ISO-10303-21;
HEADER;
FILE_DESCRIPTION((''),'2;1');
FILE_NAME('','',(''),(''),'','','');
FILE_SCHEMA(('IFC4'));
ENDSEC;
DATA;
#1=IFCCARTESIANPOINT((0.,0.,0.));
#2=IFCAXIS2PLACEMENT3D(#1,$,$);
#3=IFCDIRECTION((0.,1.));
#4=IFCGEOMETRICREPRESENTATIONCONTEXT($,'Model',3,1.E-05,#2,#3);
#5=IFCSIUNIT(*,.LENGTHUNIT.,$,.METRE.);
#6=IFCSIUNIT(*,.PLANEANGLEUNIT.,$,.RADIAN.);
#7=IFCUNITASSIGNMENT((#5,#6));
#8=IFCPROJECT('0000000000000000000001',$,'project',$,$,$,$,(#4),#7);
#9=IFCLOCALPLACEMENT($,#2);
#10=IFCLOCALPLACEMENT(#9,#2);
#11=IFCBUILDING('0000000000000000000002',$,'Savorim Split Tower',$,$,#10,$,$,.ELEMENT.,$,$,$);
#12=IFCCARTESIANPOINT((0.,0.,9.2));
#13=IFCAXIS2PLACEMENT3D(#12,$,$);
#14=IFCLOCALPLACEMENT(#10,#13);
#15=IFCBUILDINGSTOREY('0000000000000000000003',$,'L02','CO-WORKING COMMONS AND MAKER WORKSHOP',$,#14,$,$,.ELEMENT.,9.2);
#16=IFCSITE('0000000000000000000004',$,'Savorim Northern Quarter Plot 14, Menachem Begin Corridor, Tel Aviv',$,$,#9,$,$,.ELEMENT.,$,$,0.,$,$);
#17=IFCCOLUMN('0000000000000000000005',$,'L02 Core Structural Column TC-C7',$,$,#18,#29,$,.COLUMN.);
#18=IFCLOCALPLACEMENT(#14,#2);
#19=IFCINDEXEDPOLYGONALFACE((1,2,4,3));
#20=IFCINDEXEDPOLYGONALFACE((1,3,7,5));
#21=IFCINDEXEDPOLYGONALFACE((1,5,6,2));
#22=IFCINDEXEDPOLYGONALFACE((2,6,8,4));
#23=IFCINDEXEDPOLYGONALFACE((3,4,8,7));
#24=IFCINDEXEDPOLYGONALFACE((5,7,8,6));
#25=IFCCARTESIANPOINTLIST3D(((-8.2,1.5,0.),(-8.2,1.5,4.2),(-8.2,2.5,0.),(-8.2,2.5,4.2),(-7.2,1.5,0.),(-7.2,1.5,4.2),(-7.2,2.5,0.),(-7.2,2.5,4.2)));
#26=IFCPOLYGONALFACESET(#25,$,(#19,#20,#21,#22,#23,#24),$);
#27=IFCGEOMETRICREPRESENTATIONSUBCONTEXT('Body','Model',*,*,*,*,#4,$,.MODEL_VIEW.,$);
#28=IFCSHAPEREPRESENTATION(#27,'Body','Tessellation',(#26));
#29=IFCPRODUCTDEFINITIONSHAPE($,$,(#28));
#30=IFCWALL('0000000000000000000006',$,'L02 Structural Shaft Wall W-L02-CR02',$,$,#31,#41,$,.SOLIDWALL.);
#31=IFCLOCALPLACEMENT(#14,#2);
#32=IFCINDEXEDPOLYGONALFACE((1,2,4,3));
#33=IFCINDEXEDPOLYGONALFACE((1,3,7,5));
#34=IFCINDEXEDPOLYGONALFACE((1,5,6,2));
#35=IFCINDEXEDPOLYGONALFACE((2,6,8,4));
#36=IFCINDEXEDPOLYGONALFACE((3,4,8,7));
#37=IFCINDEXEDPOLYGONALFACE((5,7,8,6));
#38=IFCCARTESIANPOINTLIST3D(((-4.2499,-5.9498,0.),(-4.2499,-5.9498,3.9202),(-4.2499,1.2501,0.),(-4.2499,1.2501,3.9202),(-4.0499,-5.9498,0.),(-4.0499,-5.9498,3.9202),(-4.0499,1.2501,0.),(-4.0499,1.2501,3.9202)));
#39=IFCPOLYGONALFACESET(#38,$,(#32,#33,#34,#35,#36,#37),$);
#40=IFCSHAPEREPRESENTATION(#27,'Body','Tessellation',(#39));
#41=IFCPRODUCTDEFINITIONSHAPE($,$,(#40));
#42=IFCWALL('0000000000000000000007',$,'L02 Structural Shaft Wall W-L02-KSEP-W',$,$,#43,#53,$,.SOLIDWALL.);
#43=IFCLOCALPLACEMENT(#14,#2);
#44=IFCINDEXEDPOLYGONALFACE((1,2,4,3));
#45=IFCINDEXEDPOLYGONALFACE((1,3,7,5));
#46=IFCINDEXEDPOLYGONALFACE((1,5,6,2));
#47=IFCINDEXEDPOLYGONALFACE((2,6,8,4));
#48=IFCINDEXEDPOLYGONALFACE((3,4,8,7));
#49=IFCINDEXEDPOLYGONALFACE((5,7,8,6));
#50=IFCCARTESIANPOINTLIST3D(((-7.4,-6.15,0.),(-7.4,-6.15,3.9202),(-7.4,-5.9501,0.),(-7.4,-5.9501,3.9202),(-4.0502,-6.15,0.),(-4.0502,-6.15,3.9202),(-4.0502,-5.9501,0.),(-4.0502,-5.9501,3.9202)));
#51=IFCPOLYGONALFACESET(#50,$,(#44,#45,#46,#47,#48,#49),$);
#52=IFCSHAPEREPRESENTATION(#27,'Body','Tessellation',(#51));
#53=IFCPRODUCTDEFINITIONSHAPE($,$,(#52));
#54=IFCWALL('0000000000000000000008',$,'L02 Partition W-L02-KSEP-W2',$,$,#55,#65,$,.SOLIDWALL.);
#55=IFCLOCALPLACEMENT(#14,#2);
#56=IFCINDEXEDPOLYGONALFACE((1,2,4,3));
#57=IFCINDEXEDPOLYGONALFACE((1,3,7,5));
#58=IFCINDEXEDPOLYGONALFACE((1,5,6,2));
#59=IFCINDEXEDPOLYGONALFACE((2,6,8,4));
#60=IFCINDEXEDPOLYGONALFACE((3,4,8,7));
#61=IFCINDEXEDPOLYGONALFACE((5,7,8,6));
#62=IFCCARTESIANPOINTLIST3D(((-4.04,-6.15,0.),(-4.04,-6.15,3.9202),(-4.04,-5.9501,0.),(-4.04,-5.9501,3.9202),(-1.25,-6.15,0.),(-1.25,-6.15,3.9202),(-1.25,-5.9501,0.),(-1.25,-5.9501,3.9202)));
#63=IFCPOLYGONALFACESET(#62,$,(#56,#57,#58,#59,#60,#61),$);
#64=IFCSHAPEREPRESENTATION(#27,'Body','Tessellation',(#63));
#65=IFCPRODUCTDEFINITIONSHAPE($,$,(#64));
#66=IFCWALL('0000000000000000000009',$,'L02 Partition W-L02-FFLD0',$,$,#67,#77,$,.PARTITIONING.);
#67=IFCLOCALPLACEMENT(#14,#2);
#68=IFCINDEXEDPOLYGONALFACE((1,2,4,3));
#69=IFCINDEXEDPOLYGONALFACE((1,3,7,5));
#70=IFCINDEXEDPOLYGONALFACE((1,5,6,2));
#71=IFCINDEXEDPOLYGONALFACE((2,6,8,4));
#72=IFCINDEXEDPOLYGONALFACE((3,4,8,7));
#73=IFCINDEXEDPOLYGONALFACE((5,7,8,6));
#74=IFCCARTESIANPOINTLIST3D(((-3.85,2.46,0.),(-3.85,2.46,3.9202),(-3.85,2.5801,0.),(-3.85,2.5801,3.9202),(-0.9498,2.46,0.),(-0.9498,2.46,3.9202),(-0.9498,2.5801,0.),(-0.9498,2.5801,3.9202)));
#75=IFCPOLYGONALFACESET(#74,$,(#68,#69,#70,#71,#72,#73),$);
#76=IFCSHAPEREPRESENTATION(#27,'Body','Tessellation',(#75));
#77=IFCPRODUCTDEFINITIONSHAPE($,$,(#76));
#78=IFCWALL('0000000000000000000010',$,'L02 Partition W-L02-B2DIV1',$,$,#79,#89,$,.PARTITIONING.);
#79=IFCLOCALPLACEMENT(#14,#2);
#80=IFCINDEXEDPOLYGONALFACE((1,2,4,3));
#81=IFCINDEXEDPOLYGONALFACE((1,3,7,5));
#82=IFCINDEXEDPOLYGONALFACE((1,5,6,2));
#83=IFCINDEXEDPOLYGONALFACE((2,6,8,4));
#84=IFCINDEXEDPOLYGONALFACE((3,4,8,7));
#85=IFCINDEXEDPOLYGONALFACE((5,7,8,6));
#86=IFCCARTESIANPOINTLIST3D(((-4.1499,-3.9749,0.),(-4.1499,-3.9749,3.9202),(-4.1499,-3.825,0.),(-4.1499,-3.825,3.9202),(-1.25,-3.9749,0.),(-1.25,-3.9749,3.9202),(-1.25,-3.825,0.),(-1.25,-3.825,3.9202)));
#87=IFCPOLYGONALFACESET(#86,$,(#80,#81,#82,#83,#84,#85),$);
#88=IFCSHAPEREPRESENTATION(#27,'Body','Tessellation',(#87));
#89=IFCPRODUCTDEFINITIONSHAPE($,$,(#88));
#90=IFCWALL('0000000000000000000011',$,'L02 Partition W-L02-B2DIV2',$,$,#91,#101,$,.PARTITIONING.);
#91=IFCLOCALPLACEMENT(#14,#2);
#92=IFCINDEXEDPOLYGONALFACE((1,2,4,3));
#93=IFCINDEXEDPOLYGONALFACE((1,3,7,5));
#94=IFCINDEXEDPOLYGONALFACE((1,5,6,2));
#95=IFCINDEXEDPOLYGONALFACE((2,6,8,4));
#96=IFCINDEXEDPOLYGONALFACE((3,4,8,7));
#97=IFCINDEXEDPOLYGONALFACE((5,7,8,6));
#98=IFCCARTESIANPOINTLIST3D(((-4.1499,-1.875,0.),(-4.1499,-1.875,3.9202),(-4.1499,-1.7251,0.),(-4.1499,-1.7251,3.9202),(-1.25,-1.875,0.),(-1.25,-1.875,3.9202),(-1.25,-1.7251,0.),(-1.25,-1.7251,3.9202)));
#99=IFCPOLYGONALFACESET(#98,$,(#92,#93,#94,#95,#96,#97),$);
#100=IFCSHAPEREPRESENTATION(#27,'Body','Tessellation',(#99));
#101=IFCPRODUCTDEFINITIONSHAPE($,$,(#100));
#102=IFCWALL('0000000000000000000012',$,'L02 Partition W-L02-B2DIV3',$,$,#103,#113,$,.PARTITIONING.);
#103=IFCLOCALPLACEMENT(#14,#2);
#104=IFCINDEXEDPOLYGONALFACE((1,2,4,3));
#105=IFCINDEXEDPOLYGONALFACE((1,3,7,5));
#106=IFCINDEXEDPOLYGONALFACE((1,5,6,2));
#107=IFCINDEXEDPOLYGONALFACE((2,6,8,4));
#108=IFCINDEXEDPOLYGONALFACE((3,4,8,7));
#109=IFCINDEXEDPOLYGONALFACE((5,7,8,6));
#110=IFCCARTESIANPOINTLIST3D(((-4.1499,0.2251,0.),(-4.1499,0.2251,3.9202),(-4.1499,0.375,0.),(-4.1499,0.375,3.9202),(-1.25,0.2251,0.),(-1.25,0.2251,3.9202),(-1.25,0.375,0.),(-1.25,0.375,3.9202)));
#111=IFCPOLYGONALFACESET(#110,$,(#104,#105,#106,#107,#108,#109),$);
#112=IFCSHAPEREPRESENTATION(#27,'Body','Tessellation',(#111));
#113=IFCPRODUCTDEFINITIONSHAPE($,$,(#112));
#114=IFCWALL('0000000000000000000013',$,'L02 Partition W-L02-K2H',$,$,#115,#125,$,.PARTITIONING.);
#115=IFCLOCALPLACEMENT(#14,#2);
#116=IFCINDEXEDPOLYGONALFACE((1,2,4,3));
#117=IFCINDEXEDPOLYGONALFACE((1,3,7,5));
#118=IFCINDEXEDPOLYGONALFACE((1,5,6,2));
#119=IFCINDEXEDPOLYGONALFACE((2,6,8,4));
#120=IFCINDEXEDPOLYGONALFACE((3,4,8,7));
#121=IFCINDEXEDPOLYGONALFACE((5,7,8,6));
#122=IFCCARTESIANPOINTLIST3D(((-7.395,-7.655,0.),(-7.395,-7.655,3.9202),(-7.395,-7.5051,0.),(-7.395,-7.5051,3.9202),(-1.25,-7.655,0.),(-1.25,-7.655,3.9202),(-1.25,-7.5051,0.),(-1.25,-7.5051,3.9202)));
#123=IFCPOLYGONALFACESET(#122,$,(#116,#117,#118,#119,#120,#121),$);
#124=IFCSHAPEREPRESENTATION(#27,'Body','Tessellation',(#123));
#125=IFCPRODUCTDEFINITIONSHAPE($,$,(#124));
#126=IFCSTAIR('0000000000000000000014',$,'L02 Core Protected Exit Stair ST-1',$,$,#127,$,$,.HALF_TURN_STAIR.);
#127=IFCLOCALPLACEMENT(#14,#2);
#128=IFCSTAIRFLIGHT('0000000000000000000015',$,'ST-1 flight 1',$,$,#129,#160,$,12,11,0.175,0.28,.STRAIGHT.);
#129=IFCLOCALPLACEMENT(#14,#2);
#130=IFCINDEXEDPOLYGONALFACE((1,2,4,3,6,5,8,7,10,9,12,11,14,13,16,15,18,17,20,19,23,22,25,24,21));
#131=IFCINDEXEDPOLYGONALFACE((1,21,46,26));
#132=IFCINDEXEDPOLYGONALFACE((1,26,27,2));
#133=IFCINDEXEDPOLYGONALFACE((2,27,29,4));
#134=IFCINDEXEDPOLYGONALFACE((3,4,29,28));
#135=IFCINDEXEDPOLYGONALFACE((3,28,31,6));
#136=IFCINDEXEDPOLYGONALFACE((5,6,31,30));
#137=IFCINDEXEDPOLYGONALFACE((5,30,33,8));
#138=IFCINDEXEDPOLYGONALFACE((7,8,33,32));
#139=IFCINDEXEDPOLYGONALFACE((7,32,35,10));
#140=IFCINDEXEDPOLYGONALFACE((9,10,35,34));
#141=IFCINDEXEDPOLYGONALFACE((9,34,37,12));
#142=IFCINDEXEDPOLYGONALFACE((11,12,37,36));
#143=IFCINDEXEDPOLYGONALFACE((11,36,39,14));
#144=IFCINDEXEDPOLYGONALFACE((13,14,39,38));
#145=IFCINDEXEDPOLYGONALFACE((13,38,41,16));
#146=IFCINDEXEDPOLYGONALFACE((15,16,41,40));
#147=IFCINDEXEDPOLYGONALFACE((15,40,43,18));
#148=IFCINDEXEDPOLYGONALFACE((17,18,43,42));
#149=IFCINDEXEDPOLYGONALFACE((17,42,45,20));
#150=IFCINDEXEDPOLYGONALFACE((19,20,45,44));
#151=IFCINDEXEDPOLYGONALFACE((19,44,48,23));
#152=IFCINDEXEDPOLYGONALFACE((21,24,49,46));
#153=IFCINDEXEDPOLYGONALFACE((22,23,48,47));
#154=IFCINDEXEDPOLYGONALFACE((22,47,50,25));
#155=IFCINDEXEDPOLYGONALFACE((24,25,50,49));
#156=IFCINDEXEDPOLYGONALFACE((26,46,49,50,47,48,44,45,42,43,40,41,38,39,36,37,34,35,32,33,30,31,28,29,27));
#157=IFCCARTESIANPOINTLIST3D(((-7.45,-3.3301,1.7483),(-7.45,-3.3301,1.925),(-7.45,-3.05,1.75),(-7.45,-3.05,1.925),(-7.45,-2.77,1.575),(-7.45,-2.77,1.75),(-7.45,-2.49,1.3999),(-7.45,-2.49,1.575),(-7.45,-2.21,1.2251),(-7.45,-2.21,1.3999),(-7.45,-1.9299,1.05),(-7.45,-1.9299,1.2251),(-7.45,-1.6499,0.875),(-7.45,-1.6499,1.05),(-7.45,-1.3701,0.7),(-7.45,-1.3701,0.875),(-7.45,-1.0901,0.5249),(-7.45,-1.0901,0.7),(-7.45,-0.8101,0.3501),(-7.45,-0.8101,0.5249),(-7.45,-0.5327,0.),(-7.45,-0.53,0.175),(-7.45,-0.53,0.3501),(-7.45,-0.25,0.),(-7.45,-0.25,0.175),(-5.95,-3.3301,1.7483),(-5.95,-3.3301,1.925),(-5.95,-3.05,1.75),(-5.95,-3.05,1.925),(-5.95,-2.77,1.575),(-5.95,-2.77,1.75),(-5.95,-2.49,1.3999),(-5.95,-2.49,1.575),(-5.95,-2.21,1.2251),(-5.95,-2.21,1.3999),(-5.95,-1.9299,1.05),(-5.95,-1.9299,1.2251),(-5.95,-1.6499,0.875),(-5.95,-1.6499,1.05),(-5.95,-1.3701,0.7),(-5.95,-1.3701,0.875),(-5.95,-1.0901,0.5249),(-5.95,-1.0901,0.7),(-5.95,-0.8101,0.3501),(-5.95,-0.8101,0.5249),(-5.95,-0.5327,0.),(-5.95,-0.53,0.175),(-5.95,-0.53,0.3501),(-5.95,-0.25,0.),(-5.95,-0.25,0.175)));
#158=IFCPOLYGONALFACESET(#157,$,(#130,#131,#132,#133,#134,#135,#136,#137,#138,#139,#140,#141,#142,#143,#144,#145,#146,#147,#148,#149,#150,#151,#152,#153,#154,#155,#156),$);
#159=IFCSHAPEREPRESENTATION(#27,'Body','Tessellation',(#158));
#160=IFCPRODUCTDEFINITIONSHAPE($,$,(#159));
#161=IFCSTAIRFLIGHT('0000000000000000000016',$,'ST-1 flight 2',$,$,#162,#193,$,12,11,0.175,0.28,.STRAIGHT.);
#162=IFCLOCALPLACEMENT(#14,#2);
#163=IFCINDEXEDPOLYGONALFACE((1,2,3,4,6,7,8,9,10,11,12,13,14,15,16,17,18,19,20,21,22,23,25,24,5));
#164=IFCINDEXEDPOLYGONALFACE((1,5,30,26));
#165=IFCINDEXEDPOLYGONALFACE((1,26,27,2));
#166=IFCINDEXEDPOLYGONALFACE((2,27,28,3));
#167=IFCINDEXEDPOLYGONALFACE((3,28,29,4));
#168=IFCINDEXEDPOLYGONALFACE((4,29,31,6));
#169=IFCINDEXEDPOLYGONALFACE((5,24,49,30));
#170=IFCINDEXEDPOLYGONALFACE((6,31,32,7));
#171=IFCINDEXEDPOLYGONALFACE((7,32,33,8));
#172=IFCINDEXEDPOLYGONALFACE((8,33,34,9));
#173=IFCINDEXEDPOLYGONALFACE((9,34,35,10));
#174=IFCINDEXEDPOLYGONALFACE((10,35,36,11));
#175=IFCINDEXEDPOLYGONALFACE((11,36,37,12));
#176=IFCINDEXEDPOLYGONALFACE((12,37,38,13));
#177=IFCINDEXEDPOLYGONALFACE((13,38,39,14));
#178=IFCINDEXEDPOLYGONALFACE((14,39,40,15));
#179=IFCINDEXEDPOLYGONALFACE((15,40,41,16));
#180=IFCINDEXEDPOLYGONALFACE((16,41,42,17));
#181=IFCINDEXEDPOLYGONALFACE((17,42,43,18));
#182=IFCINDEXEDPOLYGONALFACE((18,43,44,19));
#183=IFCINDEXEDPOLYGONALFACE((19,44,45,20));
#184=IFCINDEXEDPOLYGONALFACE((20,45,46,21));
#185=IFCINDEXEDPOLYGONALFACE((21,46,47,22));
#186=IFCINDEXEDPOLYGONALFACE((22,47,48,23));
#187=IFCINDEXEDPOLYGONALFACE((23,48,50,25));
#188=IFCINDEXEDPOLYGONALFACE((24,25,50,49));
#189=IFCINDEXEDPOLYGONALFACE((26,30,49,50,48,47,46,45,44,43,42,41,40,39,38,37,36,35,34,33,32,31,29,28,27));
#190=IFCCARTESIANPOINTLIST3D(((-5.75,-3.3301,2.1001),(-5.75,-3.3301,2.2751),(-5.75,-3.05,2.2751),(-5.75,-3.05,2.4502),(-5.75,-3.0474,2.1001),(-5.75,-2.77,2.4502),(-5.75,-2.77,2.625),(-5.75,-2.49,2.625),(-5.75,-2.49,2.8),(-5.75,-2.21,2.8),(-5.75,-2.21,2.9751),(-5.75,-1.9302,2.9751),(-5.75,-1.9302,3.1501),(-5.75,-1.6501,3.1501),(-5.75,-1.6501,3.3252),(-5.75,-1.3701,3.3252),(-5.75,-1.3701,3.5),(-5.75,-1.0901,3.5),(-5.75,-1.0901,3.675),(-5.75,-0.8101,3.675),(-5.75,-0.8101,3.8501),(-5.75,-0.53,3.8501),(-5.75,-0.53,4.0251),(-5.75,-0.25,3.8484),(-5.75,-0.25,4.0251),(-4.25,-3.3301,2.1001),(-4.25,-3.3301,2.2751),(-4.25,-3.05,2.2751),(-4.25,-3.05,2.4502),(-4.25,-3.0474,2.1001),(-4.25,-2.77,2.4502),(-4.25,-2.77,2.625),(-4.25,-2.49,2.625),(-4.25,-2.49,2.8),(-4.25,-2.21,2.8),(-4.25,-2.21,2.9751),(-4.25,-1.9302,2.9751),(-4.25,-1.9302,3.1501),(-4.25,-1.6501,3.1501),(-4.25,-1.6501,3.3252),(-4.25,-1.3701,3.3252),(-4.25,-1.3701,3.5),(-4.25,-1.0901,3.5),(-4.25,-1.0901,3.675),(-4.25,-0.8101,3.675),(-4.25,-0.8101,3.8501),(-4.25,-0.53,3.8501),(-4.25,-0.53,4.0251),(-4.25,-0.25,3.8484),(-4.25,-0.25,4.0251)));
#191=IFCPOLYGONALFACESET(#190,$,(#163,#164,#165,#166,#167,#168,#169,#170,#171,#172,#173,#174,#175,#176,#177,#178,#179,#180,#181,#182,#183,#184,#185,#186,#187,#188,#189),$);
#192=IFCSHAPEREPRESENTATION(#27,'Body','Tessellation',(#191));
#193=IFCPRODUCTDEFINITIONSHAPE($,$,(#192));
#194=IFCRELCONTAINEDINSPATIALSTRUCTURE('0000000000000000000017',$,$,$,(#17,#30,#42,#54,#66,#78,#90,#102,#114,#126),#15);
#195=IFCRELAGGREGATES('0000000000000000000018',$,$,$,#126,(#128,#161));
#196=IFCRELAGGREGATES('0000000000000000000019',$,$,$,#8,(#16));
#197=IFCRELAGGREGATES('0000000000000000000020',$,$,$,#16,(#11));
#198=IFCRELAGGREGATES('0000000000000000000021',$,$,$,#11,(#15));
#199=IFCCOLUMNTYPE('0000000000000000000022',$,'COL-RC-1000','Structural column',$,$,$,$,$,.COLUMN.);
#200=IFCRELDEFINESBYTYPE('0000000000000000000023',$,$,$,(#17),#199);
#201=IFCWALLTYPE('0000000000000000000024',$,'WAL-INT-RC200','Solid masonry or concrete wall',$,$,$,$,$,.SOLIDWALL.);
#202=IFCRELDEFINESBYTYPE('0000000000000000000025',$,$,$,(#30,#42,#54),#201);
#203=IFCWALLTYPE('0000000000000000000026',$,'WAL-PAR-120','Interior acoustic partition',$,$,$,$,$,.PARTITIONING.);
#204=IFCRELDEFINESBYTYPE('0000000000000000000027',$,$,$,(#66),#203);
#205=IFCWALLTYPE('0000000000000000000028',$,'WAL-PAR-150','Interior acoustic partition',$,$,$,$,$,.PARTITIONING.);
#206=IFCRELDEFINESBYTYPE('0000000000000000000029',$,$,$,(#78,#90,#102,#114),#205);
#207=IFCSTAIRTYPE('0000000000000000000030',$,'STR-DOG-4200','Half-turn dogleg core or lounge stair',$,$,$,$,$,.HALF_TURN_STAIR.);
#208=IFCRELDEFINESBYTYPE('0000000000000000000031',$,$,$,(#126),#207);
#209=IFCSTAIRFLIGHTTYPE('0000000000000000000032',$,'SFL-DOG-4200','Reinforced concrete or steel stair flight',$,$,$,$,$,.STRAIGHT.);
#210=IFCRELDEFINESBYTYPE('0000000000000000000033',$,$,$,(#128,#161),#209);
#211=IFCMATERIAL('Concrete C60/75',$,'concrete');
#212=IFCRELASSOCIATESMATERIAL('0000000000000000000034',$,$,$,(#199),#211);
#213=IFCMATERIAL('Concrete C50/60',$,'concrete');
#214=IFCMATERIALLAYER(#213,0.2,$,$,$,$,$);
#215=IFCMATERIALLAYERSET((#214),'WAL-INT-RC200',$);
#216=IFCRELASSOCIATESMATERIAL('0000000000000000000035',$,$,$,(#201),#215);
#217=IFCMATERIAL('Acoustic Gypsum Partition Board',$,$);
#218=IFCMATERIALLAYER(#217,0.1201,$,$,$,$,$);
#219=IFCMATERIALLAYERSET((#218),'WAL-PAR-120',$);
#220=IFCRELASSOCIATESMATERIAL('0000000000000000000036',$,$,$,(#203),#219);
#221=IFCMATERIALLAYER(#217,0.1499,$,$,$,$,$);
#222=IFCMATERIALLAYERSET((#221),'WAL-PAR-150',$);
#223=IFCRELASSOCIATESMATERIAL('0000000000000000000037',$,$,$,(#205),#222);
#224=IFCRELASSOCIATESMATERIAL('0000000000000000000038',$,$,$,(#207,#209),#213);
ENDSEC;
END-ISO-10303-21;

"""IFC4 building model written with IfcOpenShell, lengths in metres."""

from ifc_helpers import new_model, si_unit, direction, frame, frame_2d, origin, origin_2d, place, context, subcontext, project, spatial, polyline, rectangle, outline, extrude, material, layer, layer_set, material_profile, profile_set, type_object, element, aggregate, save


model = new_model("IFC4")

# Units and contexts
model_context = context("Model", 3, precision=1e-05, world=origin(), true_north=direction((0.0, 1.0)))
body_context = subcontext(model_context, "Body", "Model", "MODEL_VIEW")
ifc_project = project(units=[si_unit("LENGTHUNIT", "METRE"), si_unit("PLANEANGLEUNIT", "RADIAN")], contexts=[model_context])

# Site, building, storey
site_placement = place(None, origin())
site = spatial("IfcSite", under=ifc_project, at=site_placement, Name="Savorim Northern Quarter Plot 14, Menachem Begin Corridor, Tel Aviv", CompositionType="ELEMENT", RefElevation=0.0)
building_placement = place(site_placement, origin())
building = spatial("IfcBuilding", under=site, at=building_placement, Name="Savorim Split Tower", CompositionType="ELEMENT")
storey_placement = place(building_placement, frame((0.0, 0.0, 9.2)))
storey = spatial("IfcBuildingStorey", under=building, at=storey_placement, Name="L02", Description="CO-WORKING COMMONS AND MAKER WORKSHOP", CompositionType="ELEMENT", Elevation=9.2)

# Column
ifc_material_1 = material(Name="Concrete C60/75", Category="concrete")
ifc_material_profile = material_profile(ifc_material_1, rectangle(XDim=1.0, YDim=1.0, at=origin_2d()), Name="RC 1000x1000")
ifc_profile_set = profile_set([ifc_material_profile], Name="Concrete C60/75")
column_type = type_object("IfcColumnType", Name="COL-RC-1000", Description="Structural column", PredefinedType="COLUMN", material=ifc_profile_set)
column_placement = place(storey_placement, frame((-7.7, 2.0, 0.0), z_axis=(0.0, 0.0, 1.0), x_axis=(1.0, 0.0, 0.0)))
element("IfcColumn", 1, at=column_placement, inside=storey, type_object=column_type, Name="L02 Core Structural Column TC-C7", PredefinedType="COLUMN", context=body_context, shape_type="SweptSolid", body=[
    extrude(rectangle(XDim=1.0, YDim=1.0, at=origin_2d()), origin(), (0.0, 0.0, 1.0), 4.2),
])

# Shared definitions
ifc_material_2 = material(Name="Concrete C50/60", Category="concrete")
ifc_layer_1 = layer(ifc_material_2, 0.2)
ifc_layer_set_1 = layer_set([ifc_layer_1], Name="WAL-INT-RC200")
wall_type_1 = type_object("IfcWallType", Name="WAL-INT-RC200", Description="Solid masonry or concrete wall", PredefinedType="SOLIDWALL", material=ifc_layer_set_1)

# Wall
wall_1_placement = place(storey_placement, frame((-4.1499, -5.95, 0.0), z_axis=(0.0, 0.0, 1.0), x_axis=(0.0, 1.0, 0.0)))
element("IfcWall", 2, at=wall_1_placement, inside=storey, type_object=wall_type_1, Name="L02 Structural Shaft Wall W-L02-CR02", PredefinedType="SOLIDWALL", context=body_context, shape_type="SweptSolid", body=[
    extrude(rectangle(XDim=7.2, YDim=0.2, at=frame_2d((3.6001, 0.0))), origin(), (0.0, 0.0, 1.0), 3.9202),
])

# Walls
wall_2_placement = place(storey_placement, frame((-7.3999, -6.05, 0.0), z_axis=(0.0, 0.0, 1.0), x_axis=(1.0, 0.0, 0.0)))
element("IfcWall", 3, at=wall_2_placement, inside=storey, type_object=wall_type_1, Name="L02 Structural Shaft Wall W-L02-KSEP-W", PredefinedType="SOLIDWALL", context=body_context, shape_type="SweptSolid", body=[
    extrude(rectangle(XDim=3.3499, YDim=0.2, at=frame_2d((1.6748, 0.0))), origin(), (0.0, 0.0, 1.0), 3.9202),
])
wall_3_placement = place(storey_placement, frame((-4.04, -6.05, 0.0), z_axis=(0.0, 0.0, 1.0), x_axis=(1.0, 0.0, 0.0)))
element("IfcWall", 4, at=wall_3_placement, inside=storey, type_object=wall_type_1, Name="L02 Partition W-L02-KSEP-W2", PredefinedType="SOLIDWALL", context=body_context, shape_type="SweptSolid", body=[
    extrude(rectangle(XDim=2.79, YDim=0.2, at=frame_2d((1.395, 0.0))), origin(), (0.0, 0.0, 1.0), 3.9202),
])
ifc_material_3 = material(Name="Acoustic Gypsum Partition Board")
ifc_layer_2 = layer(ifc_material_3, 0.1201)
ifc_layer_set_2 = layer_set([ifc_layer_2], Name="WAL-PAR-120")
wall_type_2 = type_object("IfcWallType", Name="WAL-PAR-120", Description="Interior acoustic partition", PredefinedType="PARTITIONING", material=ifc_layer_set_2)
wall_4_placement = place(storey_placement, frame((-3.8501, 2.52, 0.0), z_axis=(0.0, 0.0, 1.0), x_axis=(1.0, 0.0, 0.0)))
element("IfcWall", 5, at=wall_4_placement, inside=storey, type_object=wall_type_2, Name="L02 Partition W-L02-FFLD0", PredefinedType="PARTITIONING", context=body_context, shape_type="SweptSolid", body=[
    extrude(rectangle(XDim=2.9001, YDim=0.1201, at=frame_2d((1.4502, 0.0))), origin(), (0.0, 0.0, 1.0), 3.9202),
])
ifc_layer_3 = layer(ifc_material_3, 0.1499)
ifc_layer_set_3 = layer_set([ifc_layer_3], Name="WAL-PAR-150")
wall_type_3 = type_object("IfcWallType", Name="WAL-PAR-150", Description="Interior acoustic partition", PredefinedType="PARTITIONING", material=ifc_layer_set_3)
for number, where, z_axis, x_axis, name in (
    (6, (-4.1499, -3.8999, 0.0), (0.0, 0.0, 1.0), (1.0, 0.0, 0.0), "L02 Partition W-L02-B2DIV1"),
    (7, (-4.1499, -1.8, 0.0), (0.0, 0.0, 1.0), (1.0, 0.0, 0.0), "L02 Partition W-L02-B2DIV2"),
    (8, (-4.1499, 0.3, 0.0), (0.0, 0.0, 1.0), (1.0, 0.0, 0.0), "L02 Partition W-L02-B2DIV3"),
):
    element("IfcWall", number, at=place(storey_placement, frame(where, z_axis=z_axis, x_axis=x_axis)), inside=storey, type_object=wall_type_3, Name=name, PredefinedType="PARTITIONING", context=body_context, shape_type="SweptSolid", body=[
        extrude(rectangle(XDim=2.8999, YDim=0.1499, at=frame_2d((1.45, 0.0))), origin(), (0.0, 0.0, 1.0), 3.9202),
    ])
wall_5_placement = place(storey_placement, frame((-7.395, -7.5801, 0.0), z_axis=(0.0, 0.0, 1.0), x_axis=(1.0, 0.0, 0.0)))
element("IfcWall", 9, at=wall_5_placement, inside=storey, type_object=wall_type_3, Name="L02 Partition W-L02-K2H", PredefinedType="PARTITIONING", context=body_context, shape_type="SweptSolid", body=[
    extrude(rectangle(XDim=6.145, YDim=0.1499, at=frame_2d((3.0725, 0.0))), origin(), (0.0, 0.0, 1.0), 3.9202),
])

# Stair, stair flights
stair_type = type_object("IfcStairType", Name="STR-DOG-4200", Description="Half-turn dogleg core or lounge stair", PredefinedType="HALF_TURN_STAIR", material=ifc_material_2)
stair_placement = place(storey_placement, origin())
stair = element("IfcStair", 10, at=stair_placement, inside=storey, type_object=stair_type, Name="L02 Core Protected Exit Stair ST-1", PredefinedType="HALF_TURN_STAIR")
stair_flight_type = type_object("IfcStairFlightType", Name="SFL-DOG-4200", Description="Reinforced concrete or steel stair flight", PredefinedType="STRAIGHT", material=ifc_material_2)
stair_flight_1_placement = place(storey_placement, frame((-6.7, -0.25, 0.0), z_axis=(0.0, 0.0, 1.0), x_axis=(0.0, -1.0, 0.0)))
stair_flight_1 = element("IfcStairFlight", 11, at=stair_flight_1_placement, type_object=stair_flight_type, Name="ST-1 flight 1", NumberOfRisers=12, NumberOfTreads=11, PredefinedType="STRAIGHT", RiserHeight=0.175, TreadLength=0.28, context=body_context, shape_type="SweptSolid", body=[
    extrude(outline(polyline([(0.0, 0.0), (0.0, 0.175), (0.28, 0.175), (0.28, 0.3501), (0.5601, 0.3501), (0.5601, 0.5249), (0.8401, 0.5249), (0.8401, 0.7), (1.1201, 0.7), (1.1201, 0.875), (1.3999, 0.875), (1.3999, 1.05), (1.6799, 1.05), (1.6799, 1.2251), (1.96, 1.2251), (1.96, 1.3999), (2.24, 1.3999), (2.24, 1.575), (2.52, 1.575), (2.52, 1.75), (2.8, 1.75), (2.8, 1.925), (3.0801, 1.925), (3.0801, 2.1001), (3.0801, 1.7483), (0.2827, 0.0), (0.0, 0.0)])), frame((0.0, 0.75, 0.0), z_axis=(0.0, -1.0, 0.0), x_axis=(1.0, 0.0, 0.0)), (0.0, 0.0, 1.0), 1.5),
])
stair_flight_2_placement = place(storey_placement, frame((-5.0, -3.3301, 2.1001), z_axis=(0.0, 0.0, 1.0), x_axis=(0.0, 1.0, 0.0)))
stair_flight_2 = element("IfcStairFlight", 12, at=stair_flight_2_placement, type_object=stair_flight_type, Name="ST-1 flight 2", NumberOfRisers=12, NumberOfTreads=11, PredefinedType="STRAIGHT", RiserHeight=0.175, TreadLength=0.28, context=body_context, shape_type="SweptSolid", body=[
    extrude(outline(polyline([(0.0, 0.0), (0.0, 0.175), (0.28, 0.175), (0.28, 0.3501), (0.5601, 0.3501), (0.5601, 0.5249), (0.8401, 0.5249), (0.8401, 0.7), (1.1201, 0.7), (1.1201, 0.875), (1.3999, 0.875), (1.3999, 1.05), (1.6799, 1.05), (1.6799, 1.2251), (1.96, 1.2251), (1.96, 1.3999), (2.24, 1.3999), (2.24, 1.575), (2.52, 1.575), (2.52, 1.75), (2.8, 1.75), (2.8, 1.925), (3.0801, 1.925), (3.0801, 2.1001), (3.0801, 1.7483), (0.2827, 0.0), (0.0, 0.0)])), frame((0.0, 0.75, 0.0), z_axis=(0.0, -1.0, 0.0), x_axis=(1.0, 0.0, 0.0)), (0.0, 0.0, 1.0), 1.5),
])
aggregate(stair, [stair_flight_1, stair_flight_2])

save(model, "model.ifc")
